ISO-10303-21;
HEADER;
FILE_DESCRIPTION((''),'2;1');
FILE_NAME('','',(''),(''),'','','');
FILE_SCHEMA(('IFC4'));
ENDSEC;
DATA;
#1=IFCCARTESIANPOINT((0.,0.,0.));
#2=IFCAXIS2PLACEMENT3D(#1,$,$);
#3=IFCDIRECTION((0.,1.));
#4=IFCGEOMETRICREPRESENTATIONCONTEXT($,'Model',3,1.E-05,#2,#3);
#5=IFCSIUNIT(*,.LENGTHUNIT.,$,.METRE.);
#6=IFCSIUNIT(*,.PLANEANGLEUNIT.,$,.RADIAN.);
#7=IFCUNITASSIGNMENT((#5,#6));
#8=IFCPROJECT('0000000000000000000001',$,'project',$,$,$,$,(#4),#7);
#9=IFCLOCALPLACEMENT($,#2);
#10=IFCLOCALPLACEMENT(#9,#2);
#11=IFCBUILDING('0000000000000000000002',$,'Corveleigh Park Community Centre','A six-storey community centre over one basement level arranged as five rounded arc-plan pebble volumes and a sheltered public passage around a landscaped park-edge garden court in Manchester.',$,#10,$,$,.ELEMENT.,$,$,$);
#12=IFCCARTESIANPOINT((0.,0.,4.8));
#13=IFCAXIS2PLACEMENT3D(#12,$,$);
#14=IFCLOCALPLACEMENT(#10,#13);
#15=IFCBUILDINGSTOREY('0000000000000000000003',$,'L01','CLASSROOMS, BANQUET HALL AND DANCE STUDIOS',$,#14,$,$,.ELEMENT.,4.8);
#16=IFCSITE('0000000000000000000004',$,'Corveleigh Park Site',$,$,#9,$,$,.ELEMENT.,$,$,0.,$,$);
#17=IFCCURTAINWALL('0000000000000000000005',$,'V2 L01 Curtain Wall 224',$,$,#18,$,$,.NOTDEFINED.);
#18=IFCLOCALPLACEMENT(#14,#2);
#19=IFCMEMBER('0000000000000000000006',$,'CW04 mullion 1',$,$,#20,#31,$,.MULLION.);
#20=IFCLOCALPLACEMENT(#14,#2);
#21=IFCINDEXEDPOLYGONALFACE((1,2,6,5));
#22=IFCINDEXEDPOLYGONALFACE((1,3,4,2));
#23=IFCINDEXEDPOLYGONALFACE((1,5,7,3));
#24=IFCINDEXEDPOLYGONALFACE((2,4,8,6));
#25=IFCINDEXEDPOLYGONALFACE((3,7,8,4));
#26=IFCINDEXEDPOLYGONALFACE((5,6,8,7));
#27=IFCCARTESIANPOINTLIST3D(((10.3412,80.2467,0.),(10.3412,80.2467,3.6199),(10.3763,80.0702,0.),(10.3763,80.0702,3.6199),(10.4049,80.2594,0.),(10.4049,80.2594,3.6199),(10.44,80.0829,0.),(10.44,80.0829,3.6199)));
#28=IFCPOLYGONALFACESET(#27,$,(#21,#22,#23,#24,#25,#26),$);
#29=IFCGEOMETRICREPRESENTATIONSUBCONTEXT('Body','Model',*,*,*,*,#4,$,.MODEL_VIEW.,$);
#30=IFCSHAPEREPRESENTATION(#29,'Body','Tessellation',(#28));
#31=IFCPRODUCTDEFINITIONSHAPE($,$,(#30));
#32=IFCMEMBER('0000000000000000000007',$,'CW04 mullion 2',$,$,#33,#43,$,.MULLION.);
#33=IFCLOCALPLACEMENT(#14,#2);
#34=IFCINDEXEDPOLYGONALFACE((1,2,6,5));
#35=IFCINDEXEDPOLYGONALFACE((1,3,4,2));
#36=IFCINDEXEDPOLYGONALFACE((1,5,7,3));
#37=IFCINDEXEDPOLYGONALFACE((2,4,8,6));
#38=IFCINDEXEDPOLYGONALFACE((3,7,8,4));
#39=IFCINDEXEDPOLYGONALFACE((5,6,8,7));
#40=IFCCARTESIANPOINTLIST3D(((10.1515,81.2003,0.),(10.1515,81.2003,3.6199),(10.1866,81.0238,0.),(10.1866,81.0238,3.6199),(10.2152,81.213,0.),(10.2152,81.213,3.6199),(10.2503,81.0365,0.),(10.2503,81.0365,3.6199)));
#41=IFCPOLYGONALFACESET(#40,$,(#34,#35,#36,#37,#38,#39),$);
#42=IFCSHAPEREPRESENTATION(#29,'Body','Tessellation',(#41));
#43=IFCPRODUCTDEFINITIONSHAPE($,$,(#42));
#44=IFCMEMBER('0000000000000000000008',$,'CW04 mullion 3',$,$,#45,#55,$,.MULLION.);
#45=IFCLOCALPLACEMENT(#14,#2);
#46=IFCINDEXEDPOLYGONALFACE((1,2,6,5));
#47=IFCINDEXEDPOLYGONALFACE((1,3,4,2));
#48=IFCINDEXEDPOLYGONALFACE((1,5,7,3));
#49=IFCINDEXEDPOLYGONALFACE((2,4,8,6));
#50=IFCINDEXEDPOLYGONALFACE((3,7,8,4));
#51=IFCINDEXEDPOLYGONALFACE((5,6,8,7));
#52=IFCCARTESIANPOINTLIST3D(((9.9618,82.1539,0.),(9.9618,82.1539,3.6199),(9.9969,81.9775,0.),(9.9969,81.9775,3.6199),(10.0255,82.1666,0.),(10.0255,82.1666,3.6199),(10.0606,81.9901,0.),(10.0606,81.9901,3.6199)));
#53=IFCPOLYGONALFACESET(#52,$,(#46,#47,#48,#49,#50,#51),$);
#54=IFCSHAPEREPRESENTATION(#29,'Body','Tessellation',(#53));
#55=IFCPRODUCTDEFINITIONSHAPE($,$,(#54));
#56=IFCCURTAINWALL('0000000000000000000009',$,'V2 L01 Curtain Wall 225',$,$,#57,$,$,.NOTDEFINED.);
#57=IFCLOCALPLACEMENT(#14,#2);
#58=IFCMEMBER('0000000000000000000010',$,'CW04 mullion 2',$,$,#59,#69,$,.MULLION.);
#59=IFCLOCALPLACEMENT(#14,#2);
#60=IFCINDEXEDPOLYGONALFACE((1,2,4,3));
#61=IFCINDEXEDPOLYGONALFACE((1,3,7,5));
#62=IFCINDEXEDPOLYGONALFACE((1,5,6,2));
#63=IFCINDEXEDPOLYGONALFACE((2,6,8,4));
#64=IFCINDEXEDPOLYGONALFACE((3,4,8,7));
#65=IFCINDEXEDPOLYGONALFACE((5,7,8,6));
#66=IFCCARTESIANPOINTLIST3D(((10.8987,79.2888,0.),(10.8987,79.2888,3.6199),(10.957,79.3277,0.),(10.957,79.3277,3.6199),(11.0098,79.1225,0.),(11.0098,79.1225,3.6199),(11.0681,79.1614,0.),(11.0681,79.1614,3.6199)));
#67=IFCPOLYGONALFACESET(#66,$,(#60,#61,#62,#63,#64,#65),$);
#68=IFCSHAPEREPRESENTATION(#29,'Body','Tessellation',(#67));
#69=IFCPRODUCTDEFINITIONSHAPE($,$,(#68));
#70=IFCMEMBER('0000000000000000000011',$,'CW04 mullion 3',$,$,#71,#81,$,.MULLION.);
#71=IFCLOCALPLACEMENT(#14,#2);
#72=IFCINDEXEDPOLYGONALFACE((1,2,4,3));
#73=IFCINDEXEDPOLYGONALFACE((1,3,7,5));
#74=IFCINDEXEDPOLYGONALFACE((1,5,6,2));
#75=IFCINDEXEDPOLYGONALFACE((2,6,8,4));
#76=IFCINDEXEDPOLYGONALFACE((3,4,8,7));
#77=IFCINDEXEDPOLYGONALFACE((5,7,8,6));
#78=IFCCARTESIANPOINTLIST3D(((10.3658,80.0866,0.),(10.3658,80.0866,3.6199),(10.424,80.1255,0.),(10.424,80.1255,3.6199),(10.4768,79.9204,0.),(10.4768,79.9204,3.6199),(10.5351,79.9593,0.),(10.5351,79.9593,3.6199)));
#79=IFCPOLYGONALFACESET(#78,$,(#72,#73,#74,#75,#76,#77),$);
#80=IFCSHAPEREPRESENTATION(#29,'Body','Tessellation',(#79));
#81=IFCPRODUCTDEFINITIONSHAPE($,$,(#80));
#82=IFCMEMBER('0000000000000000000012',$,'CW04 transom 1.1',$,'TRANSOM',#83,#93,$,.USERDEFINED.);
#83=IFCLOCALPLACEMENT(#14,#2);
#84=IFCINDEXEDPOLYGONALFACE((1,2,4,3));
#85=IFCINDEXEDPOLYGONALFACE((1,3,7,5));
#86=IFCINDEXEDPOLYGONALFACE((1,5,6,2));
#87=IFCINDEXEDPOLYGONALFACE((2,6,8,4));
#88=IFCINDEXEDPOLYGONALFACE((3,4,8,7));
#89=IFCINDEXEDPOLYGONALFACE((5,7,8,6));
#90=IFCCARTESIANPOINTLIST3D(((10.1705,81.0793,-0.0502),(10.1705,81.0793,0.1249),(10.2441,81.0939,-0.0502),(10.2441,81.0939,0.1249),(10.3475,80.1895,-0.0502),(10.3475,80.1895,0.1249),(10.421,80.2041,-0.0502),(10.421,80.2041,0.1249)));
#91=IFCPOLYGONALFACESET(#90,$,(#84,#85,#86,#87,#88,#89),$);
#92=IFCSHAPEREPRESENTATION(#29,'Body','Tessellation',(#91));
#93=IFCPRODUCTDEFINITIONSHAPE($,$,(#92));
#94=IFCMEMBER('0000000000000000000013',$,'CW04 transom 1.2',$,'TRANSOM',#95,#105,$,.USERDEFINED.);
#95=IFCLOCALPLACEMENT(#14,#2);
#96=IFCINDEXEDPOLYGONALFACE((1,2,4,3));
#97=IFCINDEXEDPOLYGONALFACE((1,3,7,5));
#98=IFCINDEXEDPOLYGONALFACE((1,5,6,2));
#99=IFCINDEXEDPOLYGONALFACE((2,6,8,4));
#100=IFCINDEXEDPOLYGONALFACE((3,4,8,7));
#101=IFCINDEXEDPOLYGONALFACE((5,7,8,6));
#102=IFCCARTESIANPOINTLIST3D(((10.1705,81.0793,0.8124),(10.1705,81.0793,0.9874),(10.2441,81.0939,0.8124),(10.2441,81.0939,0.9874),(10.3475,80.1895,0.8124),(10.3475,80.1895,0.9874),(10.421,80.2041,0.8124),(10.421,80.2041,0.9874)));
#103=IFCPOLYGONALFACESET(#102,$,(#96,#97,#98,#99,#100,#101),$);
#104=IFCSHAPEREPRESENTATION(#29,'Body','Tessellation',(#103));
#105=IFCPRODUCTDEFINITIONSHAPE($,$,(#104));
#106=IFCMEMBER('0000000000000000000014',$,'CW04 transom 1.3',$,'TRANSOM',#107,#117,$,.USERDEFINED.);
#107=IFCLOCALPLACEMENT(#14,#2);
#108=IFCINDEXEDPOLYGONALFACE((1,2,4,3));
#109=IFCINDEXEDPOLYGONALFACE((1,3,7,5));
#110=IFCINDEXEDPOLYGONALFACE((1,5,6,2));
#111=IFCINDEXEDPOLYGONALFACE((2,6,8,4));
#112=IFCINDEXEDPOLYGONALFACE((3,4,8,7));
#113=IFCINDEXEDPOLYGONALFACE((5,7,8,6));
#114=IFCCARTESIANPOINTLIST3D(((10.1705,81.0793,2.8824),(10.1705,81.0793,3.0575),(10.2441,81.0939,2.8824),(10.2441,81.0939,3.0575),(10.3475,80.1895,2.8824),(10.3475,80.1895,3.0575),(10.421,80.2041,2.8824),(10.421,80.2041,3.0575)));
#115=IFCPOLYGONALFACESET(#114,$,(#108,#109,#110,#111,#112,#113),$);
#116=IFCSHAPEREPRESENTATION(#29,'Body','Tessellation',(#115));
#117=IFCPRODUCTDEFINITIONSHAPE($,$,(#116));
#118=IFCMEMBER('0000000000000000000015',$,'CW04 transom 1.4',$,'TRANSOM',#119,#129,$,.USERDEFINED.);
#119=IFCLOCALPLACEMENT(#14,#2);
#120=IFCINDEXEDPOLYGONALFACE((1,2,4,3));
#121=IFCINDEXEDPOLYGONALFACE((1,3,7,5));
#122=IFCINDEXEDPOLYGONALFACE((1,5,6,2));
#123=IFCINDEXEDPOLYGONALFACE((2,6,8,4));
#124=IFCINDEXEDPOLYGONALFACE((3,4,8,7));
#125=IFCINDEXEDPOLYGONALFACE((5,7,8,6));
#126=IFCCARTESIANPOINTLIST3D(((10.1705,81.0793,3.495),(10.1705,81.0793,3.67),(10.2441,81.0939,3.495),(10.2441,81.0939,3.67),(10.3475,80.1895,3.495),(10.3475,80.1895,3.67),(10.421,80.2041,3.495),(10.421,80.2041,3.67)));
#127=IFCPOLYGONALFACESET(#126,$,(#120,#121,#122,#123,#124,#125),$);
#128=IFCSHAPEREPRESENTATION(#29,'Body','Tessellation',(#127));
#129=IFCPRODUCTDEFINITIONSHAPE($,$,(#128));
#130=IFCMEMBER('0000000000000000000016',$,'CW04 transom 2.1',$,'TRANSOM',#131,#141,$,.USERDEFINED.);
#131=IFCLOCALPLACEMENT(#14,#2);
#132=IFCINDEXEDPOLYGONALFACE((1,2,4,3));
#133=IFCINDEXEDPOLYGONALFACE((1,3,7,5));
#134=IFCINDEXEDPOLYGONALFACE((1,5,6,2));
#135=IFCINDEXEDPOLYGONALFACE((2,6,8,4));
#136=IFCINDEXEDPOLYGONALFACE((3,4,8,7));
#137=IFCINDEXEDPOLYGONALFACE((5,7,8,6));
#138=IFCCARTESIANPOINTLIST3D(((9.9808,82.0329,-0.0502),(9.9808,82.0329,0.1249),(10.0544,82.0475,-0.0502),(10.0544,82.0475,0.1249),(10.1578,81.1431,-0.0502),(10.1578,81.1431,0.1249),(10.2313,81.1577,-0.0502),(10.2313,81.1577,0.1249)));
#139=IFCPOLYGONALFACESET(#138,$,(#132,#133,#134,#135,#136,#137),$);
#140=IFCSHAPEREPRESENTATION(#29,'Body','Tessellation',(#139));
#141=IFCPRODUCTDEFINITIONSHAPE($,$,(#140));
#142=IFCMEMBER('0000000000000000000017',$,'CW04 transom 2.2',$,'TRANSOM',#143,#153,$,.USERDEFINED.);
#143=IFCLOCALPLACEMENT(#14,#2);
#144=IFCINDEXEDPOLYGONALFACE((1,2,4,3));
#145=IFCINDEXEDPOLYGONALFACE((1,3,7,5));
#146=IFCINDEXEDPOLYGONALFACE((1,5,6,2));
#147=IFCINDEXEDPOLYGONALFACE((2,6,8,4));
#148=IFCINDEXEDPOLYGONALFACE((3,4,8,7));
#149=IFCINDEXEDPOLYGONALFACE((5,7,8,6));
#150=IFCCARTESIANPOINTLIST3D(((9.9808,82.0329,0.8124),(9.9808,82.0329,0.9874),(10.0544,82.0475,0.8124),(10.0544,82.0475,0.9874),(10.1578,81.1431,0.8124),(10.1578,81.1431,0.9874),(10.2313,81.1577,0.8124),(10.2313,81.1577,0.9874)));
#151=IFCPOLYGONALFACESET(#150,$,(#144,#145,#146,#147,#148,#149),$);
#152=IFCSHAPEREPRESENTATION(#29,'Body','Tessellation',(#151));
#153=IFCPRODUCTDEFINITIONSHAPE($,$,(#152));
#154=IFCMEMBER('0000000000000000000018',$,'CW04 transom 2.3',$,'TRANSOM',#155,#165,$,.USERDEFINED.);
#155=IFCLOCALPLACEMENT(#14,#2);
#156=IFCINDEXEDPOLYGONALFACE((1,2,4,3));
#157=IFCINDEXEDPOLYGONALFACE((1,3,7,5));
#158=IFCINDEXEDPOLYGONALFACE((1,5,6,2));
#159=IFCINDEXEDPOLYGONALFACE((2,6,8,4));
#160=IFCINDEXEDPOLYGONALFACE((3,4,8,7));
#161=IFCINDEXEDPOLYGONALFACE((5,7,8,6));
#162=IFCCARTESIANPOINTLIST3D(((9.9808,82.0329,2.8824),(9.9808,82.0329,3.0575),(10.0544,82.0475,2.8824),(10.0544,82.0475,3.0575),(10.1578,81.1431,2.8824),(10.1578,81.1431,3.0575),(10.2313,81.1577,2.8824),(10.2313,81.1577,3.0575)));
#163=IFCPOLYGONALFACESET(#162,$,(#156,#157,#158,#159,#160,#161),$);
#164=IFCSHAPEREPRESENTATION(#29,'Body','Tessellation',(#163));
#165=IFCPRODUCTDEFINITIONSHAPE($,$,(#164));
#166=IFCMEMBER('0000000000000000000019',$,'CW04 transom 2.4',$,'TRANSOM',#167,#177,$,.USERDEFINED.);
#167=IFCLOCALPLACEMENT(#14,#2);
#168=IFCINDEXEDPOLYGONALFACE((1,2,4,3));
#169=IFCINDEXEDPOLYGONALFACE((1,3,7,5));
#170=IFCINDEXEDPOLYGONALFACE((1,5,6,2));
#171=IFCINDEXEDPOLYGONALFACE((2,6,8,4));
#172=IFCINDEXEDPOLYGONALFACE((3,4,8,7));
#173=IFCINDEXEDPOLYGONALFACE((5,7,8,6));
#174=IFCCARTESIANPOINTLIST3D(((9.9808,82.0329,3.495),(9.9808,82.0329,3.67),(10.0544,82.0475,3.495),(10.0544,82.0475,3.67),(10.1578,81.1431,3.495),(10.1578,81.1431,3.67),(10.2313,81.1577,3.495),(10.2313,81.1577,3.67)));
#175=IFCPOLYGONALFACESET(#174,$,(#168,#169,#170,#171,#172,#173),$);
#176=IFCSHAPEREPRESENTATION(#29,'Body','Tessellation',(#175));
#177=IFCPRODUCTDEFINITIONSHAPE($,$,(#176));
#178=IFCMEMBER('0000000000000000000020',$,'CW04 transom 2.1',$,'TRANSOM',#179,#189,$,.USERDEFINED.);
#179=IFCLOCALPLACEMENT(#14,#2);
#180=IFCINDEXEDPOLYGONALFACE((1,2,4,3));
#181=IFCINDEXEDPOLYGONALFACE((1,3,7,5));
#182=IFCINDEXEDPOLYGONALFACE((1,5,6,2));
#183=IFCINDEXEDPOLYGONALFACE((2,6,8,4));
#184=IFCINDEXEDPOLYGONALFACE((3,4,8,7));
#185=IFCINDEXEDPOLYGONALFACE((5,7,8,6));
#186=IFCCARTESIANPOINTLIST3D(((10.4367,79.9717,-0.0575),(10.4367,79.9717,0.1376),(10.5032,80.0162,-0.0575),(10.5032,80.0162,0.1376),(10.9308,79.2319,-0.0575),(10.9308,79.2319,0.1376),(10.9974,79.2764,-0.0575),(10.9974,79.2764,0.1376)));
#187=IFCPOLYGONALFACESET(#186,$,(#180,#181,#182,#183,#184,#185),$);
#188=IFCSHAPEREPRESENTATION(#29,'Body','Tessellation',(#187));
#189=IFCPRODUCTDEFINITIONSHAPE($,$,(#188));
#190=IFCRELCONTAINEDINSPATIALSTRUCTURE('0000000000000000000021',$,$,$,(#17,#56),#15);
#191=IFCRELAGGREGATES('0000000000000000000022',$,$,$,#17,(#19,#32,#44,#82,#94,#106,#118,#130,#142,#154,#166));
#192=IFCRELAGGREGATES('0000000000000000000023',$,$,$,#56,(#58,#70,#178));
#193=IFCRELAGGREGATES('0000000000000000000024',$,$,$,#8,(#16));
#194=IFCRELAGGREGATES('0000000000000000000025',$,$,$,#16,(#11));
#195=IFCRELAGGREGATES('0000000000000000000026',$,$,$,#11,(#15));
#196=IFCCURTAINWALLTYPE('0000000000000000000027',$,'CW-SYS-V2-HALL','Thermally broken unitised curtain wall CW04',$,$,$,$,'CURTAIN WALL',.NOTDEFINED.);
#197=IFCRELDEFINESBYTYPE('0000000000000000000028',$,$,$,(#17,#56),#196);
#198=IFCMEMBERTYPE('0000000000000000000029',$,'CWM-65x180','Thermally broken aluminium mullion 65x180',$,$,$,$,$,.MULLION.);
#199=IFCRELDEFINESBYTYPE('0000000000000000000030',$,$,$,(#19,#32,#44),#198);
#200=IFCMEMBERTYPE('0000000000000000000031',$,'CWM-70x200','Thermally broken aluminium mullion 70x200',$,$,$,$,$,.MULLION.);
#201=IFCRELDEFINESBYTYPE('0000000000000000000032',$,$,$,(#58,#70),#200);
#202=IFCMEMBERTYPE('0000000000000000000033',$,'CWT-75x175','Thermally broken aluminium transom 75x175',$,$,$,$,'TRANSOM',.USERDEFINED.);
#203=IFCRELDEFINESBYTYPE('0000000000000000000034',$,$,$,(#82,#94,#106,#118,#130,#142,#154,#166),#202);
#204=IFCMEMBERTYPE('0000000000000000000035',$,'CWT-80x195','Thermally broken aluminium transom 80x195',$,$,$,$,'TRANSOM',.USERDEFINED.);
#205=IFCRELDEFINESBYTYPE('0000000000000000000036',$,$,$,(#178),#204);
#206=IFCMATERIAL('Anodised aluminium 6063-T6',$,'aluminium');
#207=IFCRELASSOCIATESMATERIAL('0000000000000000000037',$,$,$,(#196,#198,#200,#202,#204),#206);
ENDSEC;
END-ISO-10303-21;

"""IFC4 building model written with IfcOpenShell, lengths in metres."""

from ifc_helpers import new_model, si_unit, direction, frame, origin, origin_2d, place, context, subcontext, project, spatial, rectangle, extrude, material, material_profile, profile_set, type_object, element, aggregate, save


model = new_model("IFC4")

# Units and contexts
model_context = context("Model", 3, precision=1e-05, world=origin(), true_north=direction((0.0, 1.0)))
body_context = subcontext(model_context, "Body", "Model", "MODEL_VIEW")
ifc_project = project(units=[si_unit("LENGTHUNIT", "METRE"), si_unit("PLANEANGLEUNIT", "RADIAN")], contexts=[model_context])

# Site, building, storey
site_placement = place(None, origin())
site = spatial("IfcSite", under=ifc_project, at=site_placement, Name="Corveleigh Park Site", CompositionType="ELEMENT", RefElevation=0.0)
building_placement = place(site_placement, origin())
building = spatial("IfcBuilding", under=site, at=building_placement, Name="Corveleigh Park Community Centre", Description="A six-storey community centre over one basement level arranged as five rounded arc-plan pebble volumes and a sheltered public passage around a landscaped park-edge garden court in Manchester.", CompositionType="ELEMENT")
storey_placement = place(building_placement, frame((0.0, 0.0, 4.8)))
storey = spatial("IfcBuildingStorey", under=building, at=storey_placement, Name="L01", Description="CLASSROOMS, BANQUET HALL AND DANCE STUDIOS", CompositionType="ELEMENT", Elevation=4.8)

# Curtain walls, members
ifc_material_1 = material(Name="Anodised aluminium 6063-T6", Category="aluminium")
curtain_wall_type = type_object("IfcCurtainWallType", Name="CW-SYS-V2-HALL", Description="Thermally broken unitised curtain wall CW04", ElementType="CURTAIN WALL", PredefinedType="NOTDEFINED", material=ifc_material_1)
curtain_wall_1_placement = place(storey_placement, origin())
curtain_wall_1 = element("IfcCurtainWall", 1, at=curtain_wall_1_placement, inside=storey, type_object=curtain_wall_type, Name="V2 L01 Curtain Wall 224", PredefinedType="NOTDEFINED")
ifc_material_profile_1 = material_profile(ifc_material_1, rectangle(XDim=0.0649, YDim=0.1799, at=origin_2d()), Name="ALU-M65x180", Category="aluminium")
ifc_profile_set_1 = profile_set([ifc_material_profile_1], Name="Anodised aluminium 6063-T6")
member_type_1 = type_object("IfcMemberType", Name="CWM-65x180", Description="Thermally broken aluminium mullion 65x180", PredefinedType="MULLION", material=ifc_profile_set_1)
member_1_placement = place(storey_placement, frame((10.3906, 80.1648, 0.0), z_axis=(0.0, 0.0, 1.0), x_axis=(-0.980791, -0.195063, 0.0)))
member_1 = element("IfcMember", 2, at=member_1_placement, type_object=member_type_1, Name="CW04 mullion 1", PredefinedType="MULLION", context=body_context, shape_type="SweptSolid", body=[
    extrude(rectangle(XDim=0.0649, YDim=0.1799, at=origin_2d()), origin(), (0.0, 0.0, 1.0), 3.6199),
])
member_2_placement = place(storey_placement, frame((10.2009, 81.1184, 0.0), z_axis=(0.0, 0.0, 1.0), x_axis=(-0.980791, -0.195063, 0.0)))
member_2 = element("IfcMember", 3, at=member_2_placement, type_object=member_type_1, Name="CW04 mullion 2", PredefinedType="MULLION", context=body_context, shape_type="SweptSolid", body=[
    extrude(rectangle(XDim=0.0649, YDim=0.1799, at=origin_2d()), origin(), (0.0, 0.0, 1.0), 3.6199),
])
member_3_placement = place(storey_placement, frame((10.0112, 82.072, 0.0), z_axis=(0.0, 0.0, 1.0), x_axis=(-0.980791, -0.195063, 0.0)))
member_3 = element("IfcMember", 4, at=member_3_placement, type_object=member_type_1, Name="CW04 mullion 3", PredefinedType="MULLION", context=body_context, shape_type="SweptSolid", body=[
    extrude(rectangle(XDim=0.0649, YDim=0.1799, at=origin_2d()), origin(), (0.0, 0.0, 1.0), 3.6199),
])
curtain_wall_2_placement = place(storey_placement, origin())
curtain_wall_2 = element("IfcCurtainWall", 5, at=curtain_wall_2_placement, inside=storey, type_object=curtain_wall_type, Name="V2 L01 Curtain Wall 225", PredefinedType="NOTDEFINED")
ifc_material_profile_2 = material_profile(ifc_material_1, rectangle(XDim=0.0701, YDim=0.2, at=origin_2d()), Name="ALU-M70x200", Category="aluminium")
ifc_profile_set_2 = profile_set([ifc_material_profile_2], Name="Anodised aluminium 6063-T6")
member_type_2 = type_object("IfcMemberType", Name="CWM-70x200", Description="Thermally broken aluminium mullion 70x200", PredefinedType="MULLION", material=ifc_profile_set_2)
member_4_placement = place(storey_placement, frame((10.9834, 79.2251, 0.0), z_axis=(0.0, 0.0, 1.0), x_axis=(-0.831509, -0.555512, 0.0)))
member_4 = element("IfcMember", 6, at=member_4_placement, type_object=member_type_2, Name="CW04 mullion 2", PredefinedType="MULLION", context=body_context, shape_type="SweptSolid", body=[
    extrude(rectangle(XDim=0.0701, YDim=0.2, at=origin_2d()), origin(), (0.0, 0.0, 1.0), 3.6199),
])
member_5_placement = place(storey_placement, frame((10.4504, 80.0229, 0.0), z_axis=(0.0, 0.0, 1.0), x_axis=(-0.831509, -0.555512, 0.0)))
member_5 = element("IfcMember", 7, at=member_5_placement, type_object=member_type_2, Name="CW04 mullion 3", PredefinedType="MULLION", context=body_context, shape_type="SweptSolid", body=[
    extrude(rectangle(XDim=0.0701, YDim=0.2, at=origin_2d()), origin(), (0.0, 0.0, 1.0), 3.6199),
])

# Members
ifc_material_profile_3 = material_profile(ifc_material_1, rectangle(XDim=0.075, YDim=0.175, at=origin_2d()), Name="ALU-T75x175", Category="aluminium")
ifc_profile_set_3 = profile_set([ifc_material_profile_3], Name="Anodised aluminium 6063-T6")
member_type_3 = type_object("IfcMemberType", Name="CWT-75x175", Description="Thermally broken aluminium transom 75x175", ElementType="TRANSOM", PredefinedType="USERDEFINED", material=ifc_profile_set_3)
member_6_placement = place(storey_placement, frame((10.3843, 80.1968, 0.0374), z_axis=(-0.195081, 0.980787, 0.0), x_axis=(-0.980787, -0.195081, 0.0)))
member_6 = element("IfcMember", 8, at=member_6_placement, type_object=member_type_3, Name="CW04 transom 1.1", ObjectType="TRANSOM", PredefinedType="USERDEFINED", context=body_context, shape_type="SweptSolid", body=[
    extrude(rectangle(XDim=0.075, YDim=0.175, at=origin_2d()), origin(), (0.0, 0.0, 1.0), 0.9072),
])
member_7_placement = place(storey_placement, frame((10.3843, 80.1968, 0.8999), z_axis=(-0.195081, 0.980787, 0.0), x_axis=(-0.980787, -0.195081, 0.0)))
member_7 = element("IfcMember", 9, at=member_7_placement, type_object=member_type_3, Name="CW04 transom 1.2", ObjectType="TRANSOM", PredefinedType="USERDEFINED", context=body_context, shape_type="SweptSolid", body=[
    extrude(rectangle(XDim=0.075, YDim=0.175, at=origin_2d()), origin(), (0.0, 0.0, 1.0), 0.9072),
])
member_8_placement = place(storey_placement, frame((10.3843, 80.1968, 2.97), z_axis=(-0.195081, 0.980787, 0.0), x_axis=(-0.980787, -0.195081, 0.0)))
member_8 = element("IfcMember", 10, at=member_8_placement, type_object=member_type_3, Name="CW04 transom 1.3", ObjectType="TRANSOM", PredefinedType="USERDEFINED", context=body_context, shape_type="SweptSolid", body=[
    extrude(rectangle(XDim=0.075, YDim=0.175, at=origin_2d()), origin(), (0.0, 0.0, 1.0), 0.9072),
])
member_9_placement = place(storey_placement, frame((10.3843, 80.1968, 3.5825), z_axis=(-0.195081, 0.980787, 0.0), x_axis=(-0.980787, -0.195081, 0.0)))
member_9 = element("IfcMember", 11, at=member_9_placement, type_object=member_type_3, Name="CW04 transom 1.4", ObjectType="TRANSOM", PredefinedType="USERDEFINED", context=body_context, shape_type="SweptSolid", body=[
    extrude(rectangle(XDim=0.075, YDim=0.175, at=origin_2d()), origin(), (0.0, 0.0, 1.0), 0.9072),
])
member_10_placement = place(storey_placement, frame((10.1946, 81.1504, 0.0374), z_axis=(-0.195081, 0.980787, 0.0), x_axis=(-0.980787, -0.195081, 0.0)))
member_10 = element("IfcMember", 12, at=member_10_placement, type_object=member_type_3, Name="CW04 transom 2.1", ObjectType="TRANSOM", PredefinedType="USERDEFINED", context=body_context, shape_type="SweptSolid", body=[
    extrude(rectangle(XDim=0.075, YDim=0.175, at=origin_2d()), origin(), (0.0, 0.0, 1.0), 0.9072),
])
member_11_placement = place(storey_placement, frame((10.1946, 81.1504, 0.8999), z_axis=(-0.195081, 0.980787, 0.0), x_axis=(-0.980787, -0.195081, 0.0)))
member_11 = element("IfcMember", 13, at=member_11_placement, type_object=member_type_3, Name="CW04 transom 2.2", ObjectType="TRANSOM", PredefinedType="USERDEFINED", context=body_context, shape_type="SweptSolid", body=[
    extrude(rectangle(XDim=0.075, YDim=0.175, at=origin_2d()), origin(), (0.0, 0.0, 1.0), 0.9072),
])
member_12_placement = place(storey_placement, frame((10.1946, 81.1504, 2.97), z_axis=(-0.195081, 0.980787, 0.0), x_axis=(-0.980787, -0.195081, 0.0)))
member_12 = element("IfcMember", 14, at=member_12_placement, type_object=member_type_3, Name="CW04 transom 2.3", ObjectType="TRANSOM", PredefinedType="USERDEFINED", context=body_context, shape_type="SweptSolid", body=[
    extrude(rectangle(XDim=0.075, YDim=0.175, at=origin_2d()), origin(), (0.0, 0.0, 1.0), 0.9072),
])
member_13_placement = place(storey_placement, frame((10.1946, 81.1504, 3.5825), z_axis=(-0.195081, 0.980787, 0.0), x_axis=(-0.980787, -0.195081, 0.0)))
member_13 = element("IfcMember", 15, at=member_13_placement, type_object=member_type_3, Name="CW04 transom 2.4", ObjectType="TRANSOM", PredefinedType="USERDEFINED", context=body_context, shape_type="SweptSolid", body=[
    extrude(rectangle(XDim=0.075, YDim=0.175, at=origin_2d()), origin(), (0.0, 0.0, 1.0), 0.9072),
])
ifc_material_profile_4 = material_profile(ifc_material_1, rectangle(XDim=0.0801, YDim=0.1951, at=origin_2d()), Name="ALU-T80x195", Category="aluminium")
ifc_profile_set_4 = profile_set([ifc_material_profile_4], Name="Anodised aluminium 6063-T6")
member_type_4 = type_object("IfcMemberType", Name="CWT-80x195", Description="Thermally broken aluminium transom 80x195", ElementType="TRANSOM", PredefinedType="USERDEFINED", material=ifc_profile_set_4)
member_14_placement = place(storey_placement, frame((10.9641, 79.2542, 0.04), z_axis=(-0.55546, 0.831543, 0.0), x_axis=(-0.831543, -0.55546, 0.0)))
member_14 = element("IfcMember", 16, at=member_14_placement, type_object=member_type_4, Name="CW04 transom 2.1", ObjectType="TRANSOM", PredefinedType="USERDEFINED", context=body_context, shape_type="SweptSolid", body=[
    extrude(rectangle(XDim=0.0801, YDim=0.1951, at=origin_2d()), origin(), (0.0, 0.0, 1.0), 0.8896),
])

aggregate(curtain_wall_1, [member_1, member_2, member_3, member_6, member_7, member_8, member_9, member_10, member_11, member_12, member_13])
aggregate(curtain_wall_2, [member_4, member_5, member_14])

save(model, "model.ifc")
